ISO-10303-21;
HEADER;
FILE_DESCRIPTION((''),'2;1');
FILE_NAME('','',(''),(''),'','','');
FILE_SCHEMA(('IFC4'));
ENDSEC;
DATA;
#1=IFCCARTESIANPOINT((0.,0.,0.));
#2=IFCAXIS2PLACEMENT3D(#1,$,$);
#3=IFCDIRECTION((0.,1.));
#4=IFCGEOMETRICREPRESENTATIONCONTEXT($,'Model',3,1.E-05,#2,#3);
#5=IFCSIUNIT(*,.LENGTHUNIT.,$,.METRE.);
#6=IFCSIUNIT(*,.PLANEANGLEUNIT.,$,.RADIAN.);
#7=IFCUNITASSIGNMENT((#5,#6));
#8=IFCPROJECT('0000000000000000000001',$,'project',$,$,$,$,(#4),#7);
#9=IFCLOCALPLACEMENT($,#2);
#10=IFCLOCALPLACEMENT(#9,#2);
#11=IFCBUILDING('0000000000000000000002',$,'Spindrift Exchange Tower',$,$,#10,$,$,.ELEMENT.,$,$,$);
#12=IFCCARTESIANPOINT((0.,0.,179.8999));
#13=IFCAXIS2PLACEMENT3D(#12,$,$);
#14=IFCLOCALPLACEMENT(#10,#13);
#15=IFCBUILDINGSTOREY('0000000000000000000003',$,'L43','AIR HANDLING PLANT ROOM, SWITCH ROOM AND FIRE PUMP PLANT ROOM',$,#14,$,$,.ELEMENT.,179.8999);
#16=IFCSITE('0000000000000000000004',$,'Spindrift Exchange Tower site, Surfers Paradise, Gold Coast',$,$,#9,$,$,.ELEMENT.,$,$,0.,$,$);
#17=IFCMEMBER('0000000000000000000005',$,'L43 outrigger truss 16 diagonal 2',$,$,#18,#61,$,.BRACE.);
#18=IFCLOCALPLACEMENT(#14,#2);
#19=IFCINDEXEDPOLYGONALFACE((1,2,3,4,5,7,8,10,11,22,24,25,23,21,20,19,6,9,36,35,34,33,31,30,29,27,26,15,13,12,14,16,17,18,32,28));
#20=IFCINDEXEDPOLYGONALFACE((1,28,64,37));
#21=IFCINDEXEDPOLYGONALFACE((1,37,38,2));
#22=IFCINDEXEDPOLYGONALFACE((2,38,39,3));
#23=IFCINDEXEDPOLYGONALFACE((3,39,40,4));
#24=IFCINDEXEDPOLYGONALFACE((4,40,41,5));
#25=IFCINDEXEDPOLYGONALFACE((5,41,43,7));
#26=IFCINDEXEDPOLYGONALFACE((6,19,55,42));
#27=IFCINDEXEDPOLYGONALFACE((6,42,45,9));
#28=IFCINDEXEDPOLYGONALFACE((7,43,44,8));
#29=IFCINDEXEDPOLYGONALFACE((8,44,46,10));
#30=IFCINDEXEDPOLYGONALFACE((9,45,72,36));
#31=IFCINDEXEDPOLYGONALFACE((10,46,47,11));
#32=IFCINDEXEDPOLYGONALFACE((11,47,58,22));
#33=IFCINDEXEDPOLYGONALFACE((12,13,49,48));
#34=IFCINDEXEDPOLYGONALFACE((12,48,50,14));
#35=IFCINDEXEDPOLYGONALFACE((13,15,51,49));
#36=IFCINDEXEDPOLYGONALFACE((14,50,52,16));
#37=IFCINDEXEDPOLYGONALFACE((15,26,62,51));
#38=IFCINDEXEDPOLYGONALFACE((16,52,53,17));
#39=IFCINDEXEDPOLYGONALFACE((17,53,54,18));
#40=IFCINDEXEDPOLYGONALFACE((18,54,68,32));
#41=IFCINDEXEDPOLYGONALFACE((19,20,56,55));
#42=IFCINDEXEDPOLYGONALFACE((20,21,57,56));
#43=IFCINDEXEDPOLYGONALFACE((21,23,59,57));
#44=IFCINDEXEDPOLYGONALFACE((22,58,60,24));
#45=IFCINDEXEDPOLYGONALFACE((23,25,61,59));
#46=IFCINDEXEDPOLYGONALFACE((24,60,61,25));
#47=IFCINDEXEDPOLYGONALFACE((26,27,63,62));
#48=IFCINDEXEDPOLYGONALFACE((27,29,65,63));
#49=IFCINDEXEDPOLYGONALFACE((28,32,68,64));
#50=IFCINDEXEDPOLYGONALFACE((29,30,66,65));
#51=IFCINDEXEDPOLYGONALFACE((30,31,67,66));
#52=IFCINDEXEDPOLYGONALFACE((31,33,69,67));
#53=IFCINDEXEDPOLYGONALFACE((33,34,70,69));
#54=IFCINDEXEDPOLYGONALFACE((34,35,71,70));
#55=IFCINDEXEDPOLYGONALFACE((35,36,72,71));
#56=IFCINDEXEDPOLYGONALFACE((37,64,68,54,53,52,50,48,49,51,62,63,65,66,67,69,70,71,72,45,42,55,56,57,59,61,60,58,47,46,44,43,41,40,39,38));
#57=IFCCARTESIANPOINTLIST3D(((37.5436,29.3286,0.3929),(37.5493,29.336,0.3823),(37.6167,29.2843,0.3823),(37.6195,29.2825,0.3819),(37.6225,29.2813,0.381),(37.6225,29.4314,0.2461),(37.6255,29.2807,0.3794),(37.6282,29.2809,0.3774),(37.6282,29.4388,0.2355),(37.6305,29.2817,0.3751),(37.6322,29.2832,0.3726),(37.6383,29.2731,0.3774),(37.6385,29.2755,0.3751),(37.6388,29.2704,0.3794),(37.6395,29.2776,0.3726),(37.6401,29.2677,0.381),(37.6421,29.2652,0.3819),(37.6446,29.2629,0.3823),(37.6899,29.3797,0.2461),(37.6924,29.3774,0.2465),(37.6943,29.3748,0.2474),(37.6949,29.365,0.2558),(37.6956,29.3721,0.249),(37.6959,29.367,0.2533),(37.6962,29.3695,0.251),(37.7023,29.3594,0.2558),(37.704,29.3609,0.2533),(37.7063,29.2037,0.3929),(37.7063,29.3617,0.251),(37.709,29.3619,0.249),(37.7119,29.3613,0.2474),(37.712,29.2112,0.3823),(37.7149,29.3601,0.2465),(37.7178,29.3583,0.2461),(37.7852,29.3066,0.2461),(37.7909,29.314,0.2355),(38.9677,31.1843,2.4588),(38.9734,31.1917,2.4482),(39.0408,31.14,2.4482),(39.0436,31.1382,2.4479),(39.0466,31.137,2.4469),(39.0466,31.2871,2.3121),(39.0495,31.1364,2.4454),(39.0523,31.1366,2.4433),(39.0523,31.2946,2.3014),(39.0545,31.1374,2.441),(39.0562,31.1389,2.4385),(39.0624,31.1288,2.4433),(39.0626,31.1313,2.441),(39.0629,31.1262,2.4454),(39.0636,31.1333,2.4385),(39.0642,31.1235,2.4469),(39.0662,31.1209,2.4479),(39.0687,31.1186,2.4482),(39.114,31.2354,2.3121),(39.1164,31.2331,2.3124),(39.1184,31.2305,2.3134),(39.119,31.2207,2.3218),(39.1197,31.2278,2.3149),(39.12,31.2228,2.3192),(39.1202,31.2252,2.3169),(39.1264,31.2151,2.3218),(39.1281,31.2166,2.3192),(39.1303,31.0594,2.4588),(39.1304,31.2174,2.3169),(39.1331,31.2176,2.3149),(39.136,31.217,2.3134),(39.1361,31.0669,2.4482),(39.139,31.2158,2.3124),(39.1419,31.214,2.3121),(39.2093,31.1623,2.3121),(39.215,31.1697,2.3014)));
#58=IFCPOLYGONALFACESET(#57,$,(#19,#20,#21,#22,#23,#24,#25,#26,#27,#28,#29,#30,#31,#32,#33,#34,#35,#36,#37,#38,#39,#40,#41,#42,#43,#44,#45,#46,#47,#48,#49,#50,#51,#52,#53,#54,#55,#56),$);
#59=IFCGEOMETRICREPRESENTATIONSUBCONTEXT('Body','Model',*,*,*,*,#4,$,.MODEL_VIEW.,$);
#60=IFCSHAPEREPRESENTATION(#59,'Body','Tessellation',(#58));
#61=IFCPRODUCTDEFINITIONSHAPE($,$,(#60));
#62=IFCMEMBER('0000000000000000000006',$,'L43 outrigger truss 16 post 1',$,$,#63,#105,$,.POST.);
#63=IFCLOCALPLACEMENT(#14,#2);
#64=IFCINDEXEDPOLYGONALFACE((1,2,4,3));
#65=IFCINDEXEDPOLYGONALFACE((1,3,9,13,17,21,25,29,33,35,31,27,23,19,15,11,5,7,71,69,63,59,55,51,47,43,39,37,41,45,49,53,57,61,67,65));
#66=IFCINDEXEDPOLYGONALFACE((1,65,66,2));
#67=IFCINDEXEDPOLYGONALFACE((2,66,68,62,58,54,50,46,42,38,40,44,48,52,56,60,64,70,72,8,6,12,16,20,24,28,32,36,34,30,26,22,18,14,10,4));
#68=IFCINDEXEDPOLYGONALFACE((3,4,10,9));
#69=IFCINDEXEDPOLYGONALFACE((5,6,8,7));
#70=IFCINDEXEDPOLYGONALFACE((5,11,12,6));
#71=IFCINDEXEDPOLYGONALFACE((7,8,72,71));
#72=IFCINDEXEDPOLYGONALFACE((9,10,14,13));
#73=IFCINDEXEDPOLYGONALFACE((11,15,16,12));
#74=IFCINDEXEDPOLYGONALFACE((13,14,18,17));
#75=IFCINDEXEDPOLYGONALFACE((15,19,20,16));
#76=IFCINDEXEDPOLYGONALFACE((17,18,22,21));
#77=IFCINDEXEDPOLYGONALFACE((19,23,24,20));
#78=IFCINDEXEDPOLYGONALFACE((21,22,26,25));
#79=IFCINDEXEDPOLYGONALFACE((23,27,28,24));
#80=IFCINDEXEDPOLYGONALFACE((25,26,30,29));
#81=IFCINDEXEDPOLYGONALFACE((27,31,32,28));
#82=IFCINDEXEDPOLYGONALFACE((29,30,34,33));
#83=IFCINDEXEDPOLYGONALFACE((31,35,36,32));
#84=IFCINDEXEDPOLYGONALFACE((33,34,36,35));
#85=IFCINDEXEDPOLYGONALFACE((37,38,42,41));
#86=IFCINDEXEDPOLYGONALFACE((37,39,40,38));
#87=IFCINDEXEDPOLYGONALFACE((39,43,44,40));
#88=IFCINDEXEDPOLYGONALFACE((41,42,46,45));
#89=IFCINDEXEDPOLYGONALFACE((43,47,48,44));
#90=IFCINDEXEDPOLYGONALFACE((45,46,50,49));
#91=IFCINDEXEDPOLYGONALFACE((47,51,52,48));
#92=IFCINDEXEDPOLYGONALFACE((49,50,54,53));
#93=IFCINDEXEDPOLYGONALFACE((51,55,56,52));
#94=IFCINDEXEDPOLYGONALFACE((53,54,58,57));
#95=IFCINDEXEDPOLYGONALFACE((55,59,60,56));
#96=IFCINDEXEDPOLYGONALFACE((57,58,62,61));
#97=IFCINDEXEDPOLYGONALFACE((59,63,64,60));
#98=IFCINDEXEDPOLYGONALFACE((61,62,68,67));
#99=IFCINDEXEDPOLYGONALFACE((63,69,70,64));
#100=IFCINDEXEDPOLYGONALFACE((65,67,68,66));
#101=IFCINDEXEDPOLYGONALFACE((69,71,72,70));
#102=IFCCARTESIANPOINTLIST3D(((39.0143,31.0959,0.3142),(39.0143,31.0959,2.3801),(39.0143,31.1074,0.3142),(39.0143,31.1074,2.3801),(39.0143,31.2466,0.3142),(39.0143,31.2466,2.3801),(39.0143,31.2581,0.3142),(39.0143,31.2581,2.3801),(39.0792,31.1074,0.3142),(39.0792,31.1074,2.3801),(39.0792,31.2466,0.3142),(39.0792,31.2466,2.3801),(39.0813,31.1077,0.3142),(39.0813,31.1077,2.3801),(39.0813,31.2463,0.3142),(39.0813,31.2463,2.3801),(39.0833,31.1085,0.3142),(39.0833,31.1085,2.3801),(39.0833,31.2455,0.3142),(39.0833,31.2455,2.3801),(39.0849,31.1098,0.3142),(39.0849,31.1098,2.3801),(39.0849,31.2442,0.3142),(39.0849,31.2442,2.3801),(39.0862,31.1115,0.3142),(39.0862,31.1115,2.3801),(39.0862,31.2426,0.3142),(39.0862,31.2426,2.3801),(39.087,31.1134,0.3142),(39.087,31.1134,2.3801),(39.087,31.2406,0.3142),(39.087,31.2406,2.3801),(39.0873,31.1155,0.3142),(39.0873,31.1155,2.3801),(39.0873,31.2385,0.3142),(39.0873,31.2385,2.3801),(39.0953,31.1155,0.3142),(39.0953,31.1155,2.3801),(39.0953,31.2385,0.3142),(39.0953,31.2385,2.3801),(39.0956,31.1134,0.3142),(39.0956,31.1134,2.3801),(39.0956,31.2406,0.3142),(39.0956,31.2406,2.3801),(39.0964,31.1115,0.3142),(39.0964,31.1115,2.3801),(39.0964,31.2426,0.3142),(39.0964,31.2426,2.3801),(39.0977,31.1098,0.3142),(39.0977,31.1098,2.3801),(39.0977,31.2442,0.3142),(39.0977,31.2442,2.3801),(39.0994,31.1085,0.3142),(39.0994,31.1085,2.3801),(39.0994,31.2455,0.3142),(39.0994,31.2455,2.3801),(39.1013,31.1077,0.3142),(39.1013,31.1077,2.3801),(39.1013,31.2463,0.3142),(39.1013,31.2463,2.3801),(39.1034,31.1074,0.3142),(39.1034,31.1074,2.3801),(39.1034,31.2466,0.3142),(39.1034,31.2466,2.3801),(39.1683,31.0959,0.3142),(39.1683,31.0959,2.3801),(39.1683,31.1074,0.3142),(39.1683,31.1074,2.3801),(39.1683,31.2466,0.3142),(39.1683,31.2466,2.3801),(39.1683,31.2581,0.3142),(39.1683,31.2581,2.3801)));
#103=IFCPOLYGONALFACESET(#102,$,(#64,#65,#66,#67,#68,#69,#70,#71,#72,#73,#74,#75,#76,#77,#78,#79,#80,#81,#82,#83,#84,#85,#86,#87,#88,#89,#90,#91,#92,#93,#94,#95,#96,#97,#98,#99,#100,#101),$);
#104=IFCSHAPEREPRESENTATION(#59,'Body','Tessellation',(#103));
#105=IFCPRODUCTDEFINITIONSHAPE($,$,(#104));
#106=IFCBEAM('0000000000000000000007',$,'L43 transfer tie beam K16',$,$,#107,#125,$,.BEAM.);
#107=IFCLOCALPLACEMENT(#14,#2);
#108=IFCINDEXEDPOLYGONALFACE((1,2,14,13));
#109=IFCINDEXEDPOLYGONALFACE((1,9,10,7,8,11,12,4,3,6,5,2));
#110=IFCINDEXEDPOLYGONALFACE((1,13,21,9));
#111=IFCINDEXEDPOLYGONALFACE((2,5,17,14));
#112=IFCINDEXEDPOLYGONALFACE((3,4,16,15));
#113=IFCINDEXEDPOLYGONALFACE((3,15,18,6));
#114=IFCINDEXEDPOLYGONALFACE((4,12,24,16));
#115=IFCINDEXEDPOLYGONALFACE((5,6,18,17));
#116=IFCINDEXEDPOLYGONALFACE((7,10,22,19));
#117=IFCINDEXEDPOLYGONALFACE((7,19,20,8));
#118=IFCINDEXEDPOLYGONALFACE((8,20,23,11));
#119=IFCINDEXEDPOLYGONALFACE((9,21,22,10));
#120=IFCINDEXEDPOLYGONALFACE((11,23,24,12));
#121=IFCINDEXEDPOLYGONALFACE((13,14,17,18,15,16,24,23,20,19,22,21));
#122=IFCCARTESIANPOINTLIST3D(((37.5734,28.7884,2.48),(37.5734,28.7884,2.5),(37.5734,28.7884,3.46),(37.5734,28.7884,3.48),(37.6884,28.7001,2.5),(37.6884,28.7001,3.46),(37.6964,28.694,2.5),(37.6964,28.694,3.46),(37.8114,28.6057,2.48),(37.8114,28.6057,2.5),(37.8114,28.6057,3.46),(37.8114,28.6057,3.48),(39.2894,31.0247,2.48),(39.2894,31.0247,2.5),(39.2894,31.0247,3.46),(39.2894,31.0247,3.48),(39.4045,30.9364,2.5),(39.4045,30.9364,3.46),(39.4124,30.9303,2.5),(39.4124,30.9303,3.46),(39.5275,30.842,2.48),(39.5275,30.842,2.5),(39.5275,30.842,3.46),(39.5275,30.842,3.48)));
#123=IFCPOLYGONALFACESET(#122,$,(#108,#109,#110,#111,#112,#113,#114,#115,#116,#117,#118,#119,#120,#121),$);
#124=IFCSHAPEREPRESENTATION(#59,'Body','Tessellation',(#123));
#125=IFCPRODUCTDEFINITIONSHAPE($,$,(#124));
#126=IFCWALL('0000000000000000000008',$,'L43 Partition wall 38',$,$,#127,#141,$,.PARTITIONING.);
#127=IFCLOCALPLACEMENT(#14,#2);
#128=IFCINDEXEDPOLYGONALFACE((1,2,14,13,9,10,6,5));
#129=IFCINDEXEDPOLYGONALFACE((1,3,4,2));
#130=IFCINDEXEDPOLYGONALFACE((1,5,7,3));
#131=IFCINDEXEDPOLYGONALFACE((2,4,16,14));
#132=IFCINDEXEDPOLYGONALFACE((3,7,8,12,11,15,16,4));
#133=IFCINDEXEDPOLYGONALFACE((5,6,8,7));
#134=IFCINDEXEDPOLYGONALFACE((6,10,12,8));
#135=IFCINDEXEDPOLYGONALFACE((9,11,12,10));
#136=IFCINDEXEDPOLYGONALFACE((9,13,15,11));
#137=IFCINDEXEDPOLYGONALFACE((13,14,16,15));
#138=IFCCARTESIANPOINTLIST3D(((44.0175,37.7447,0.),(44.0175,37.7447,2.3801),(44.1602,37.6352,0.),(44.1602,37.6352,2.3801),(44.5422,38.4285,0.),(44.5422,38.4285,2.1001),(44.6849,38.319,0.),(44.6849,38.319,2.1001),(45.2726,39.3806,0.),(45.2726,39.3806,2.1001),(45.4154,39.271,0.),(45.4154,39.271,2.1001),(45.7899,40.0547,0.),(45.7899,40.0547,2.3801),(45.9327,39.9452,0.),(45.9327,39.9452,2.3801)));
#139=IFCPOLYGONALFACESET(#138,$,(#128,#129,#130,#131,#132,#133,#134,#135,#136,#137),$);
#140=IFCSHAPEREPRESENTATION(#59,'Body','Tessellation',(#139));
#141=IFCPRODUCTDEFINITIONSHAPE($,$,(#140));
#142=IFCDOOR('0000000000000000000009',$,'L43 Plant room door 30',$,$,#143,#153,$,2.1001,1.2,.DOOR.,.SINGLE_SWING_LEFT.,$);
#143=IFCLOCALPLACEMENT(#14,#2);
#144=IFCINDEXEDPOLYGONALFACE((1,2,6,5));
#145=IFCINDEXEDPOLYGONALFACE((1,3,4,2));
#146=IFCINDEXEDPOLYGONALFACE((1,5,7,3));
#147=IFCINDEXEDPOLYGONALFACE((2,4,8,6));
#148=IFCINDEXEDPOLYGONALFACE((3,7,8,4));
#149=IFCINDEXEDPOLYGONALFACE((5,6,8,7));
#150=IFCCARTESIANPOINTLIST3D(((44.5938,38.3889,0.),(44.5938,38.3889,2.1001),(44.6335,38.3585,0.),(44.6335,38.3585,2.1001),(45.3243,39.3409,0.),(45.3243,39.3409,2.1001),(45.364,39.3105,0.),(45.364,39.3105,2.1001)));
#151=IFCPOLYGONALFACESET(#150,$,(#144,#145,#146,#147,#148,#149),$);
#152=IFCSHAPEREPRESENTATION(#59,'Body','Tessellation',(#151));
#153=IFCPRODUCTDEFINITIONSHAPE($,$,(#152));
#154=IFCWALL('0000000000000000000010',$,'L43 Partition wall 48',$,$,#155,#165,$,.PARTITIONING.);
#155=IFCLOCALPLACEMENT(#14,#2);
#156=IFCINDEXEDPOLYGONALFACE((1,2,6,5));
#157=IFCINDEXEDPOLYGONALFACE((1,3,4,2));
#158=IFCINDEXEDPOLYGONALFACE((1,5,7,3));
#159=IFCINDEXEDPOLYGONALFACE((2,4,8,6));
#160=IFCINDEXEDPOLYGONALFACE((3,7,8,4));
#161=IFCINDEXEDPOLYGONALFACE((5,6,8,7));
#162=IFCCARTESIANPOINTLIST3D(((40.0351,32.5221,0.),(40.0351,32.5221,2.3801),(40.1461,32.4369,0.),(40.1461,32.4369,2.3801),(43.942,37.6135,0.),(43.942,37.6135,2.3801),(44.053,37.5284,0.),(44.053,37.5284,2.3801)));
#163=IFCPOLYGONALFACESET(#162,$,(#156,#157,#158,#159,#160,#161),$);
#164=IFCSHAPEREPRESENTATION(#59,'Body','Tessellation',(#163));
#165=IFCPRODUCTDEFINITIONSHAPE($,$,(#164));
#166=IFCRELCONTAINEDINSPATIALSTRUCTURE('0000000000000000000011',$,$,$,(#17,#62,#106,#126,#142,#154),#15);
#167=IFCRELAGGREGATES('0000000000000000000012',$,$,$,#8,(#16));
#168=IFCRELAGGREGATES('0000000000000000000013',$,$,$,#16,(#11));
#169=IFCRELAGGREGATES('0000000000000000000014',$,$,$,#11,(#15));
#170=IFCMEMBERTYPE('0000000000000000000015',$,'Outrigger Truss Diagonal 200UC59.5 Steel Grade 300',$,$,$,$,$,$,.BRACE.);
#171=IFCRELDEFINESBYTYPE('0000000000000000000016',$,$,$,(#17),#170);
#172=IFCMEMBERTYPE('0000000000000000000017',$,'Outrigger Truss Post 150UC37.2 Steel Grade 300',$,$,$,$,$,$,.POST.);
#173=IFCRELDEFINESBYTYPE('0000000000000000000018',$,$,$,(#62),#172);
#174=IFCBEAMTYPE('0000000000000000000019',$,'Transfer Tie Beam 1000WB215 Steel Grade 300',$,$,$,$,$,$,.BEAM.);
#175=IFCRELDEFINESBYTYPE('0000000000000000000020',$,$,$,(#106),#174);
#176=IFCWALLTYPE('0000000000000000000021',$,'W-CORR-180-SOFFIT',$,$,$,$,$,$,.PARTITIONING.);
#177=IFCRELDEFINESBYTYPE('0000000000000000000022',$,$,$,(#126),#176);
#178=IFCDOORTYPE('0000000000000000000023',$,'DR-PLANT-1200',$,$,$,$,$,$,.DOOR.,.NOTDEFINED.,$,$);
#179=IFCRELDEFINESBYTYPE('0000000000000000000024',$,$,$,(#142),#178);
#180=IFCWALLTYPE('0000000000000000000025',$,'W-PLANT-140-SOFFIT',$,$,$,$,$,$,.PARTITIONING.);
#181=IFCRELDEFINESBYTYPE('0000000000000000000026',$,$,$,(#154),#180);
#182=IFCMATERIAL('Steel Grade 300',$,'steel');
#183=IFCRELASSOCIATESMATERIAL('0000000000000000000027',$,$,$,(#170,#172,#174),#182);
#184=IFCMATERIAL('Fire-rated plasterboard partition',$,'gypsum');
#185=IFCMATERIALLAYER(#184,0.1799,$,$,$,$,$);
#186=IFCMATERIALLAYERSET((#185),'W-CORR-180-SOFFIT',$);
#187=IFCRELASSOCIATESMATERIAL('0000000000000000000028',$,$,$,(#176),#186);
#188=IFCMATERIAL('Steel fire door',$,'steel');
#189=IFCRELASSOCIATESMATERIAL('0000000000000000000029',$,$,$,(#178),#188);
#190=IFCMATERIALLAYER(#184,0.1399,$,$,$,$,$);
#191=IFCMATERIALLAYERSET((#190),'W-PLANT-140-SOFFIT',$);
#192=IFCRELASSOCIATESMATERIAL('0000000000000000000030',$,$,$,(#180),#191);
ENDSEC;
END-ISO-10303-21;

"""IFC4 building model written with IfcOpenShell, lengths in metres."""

from ifc_helpers import new_model, si_unit, direction, frame, frame_2d, origin, origin_2d, place, context, subcontext, project, spatial, rectangle, i_section, extrude, source, transform, mapped, material, layer, layer_set, material_profile, profile_set, type_object, element, fill, save


model = new_model("IFC4")

# Units and contexts
model_context = context("Model", 3, precision=1e-05, world=origin(), true_north=direction((0.0, 1.0)))
body_context = subcontext(model_context, "Body", "Model", "MODEL_VIEW")
ifc_project = project(units=[si_unit("LENGTHUNIT", "METRE"), si_unit("PLANEANGLEUNIT", "RADIAN")], contexts=[model_context])

# Site, building, storey
site_placement = place(None, origin())
site = spatial("IfcSite", under=ifc_project, at=site_placement, Name="Spindrift Exchange Tower site, Surfers Paradise, Gold Coast", CompositionType="ELEMENT", RefElevation=0.0)
building_placement = place(site_placement, origin())
building = spatial("IfcBuilding", under=site, at=building_placement, Name="Spindrift Exchange Tower", CompositionType="ELEMENT")
storey_placement = place(building_placement, frame((0.0, 0.0, 179.8999)))
storey = spatial("IfcBuildingStorey", under=building, at=storey_placement, Name="L43", Description="AIR HANDLING PLANT ROOM, SWITCH ROOM AND FIRE PUMP PLANT ROOM", CompositionType="ELEMENT", Elevation=179.8999)

# Shared definitions
ifc_material_1 = material(Name="Steel Grade 300", Category="steel")

# Members
ifc_material_profile_1 = material_profile(ifc_material_1, i_section(OverallWidth=0.2051, OverallDepth=0.21, WebThickness=0.0093, FlangeThickness=0.0142, FilletRadius=0.0129, at=origin_2d()), Name="200UC59.5")
ifc_profile_set_1 = profile_set([ifc_material_profile_1], Name="Steel Grade 300")
member_type_1 = type_object("IfcMemberType", Name="Outrigger Truss Diagonal 200UC59.5 Steel Grade 300", PredefinedType="BRACE", material=ifc_profile_set_1)
shared_shape_1 = source(origin(), body_context, "Body", "SweptSolid", [
    extrude(i_section(OverallWidth=0.2051, OverallDepth=0.21, WebThickness=0.0093, FlangeThickness=0.0142, FilletRadius=0.0129, at=origin_2d()), origin(), (0.0, 0.0, 1.0), 3.1208),
])
member_1_placement = place(storey_placement, frame((39.0913, 31.177, 2.3801), z_axis=(-0.45631, -0.594619, -0.661974), x_axis=(0.793326, -0.608797, 0.0)))
element("IfcMember", 1, at=member_1_placement, inside=storey, type_object=member_type_1, Name="L43 outrigger truss 16 diagonal 2", PredefinedType="BRACE", context=body_context, shape_type="MappedRepresentation", body=[
    mapped(shared_shape_1, transform((0.0, 0.0, 0.0), scale=1.0)),
])
ifc_material_profile_2 = material_profile(ifc_material_1, i_section(OverallWidth=0.1541, OverallDepth=0.1621, WebThickness=0.0081, FlangeThickness=0.0115, FilletRadius=0.0081, at=origin_2d()), Name="150UC37.2")
ifc_profile_set_2 = profile_set([ifc_material_profile_2], Name="Steel Grade 300")
member_type_2 = type_object("IfcMemberType", Name="Outrigger Truss Post 150UC37.2 Steel Grade 300", PredefinedType="POST", material=ifc_profile_set_2)
shared_shape_2 = source(origin(), body_context, "Body", "SweptSolid", [
    extrude(i_section(OverallWidth=0.1541, OverallDepth=0.1621, WebThickness=0.0081, FlangeThickness=0.0115, FilletRadius=0.0081, at=origin_2d()), origin(), (0.0, 0.0, 1.0), 2.0659),
])
member_2_placement = place(storey_placement, frame((39.0913, 31.177, 0.3142), z_axis=(0.0, 0.0, 1.0), x_axis=(1.0, 0.0, 0.0)))
element("IfcMember", 2, at=member_2_placement, inside=storey, type_object=member_type_2, Name="L43 outrigger truss 16 post 1", PredefinedType="POST", context=body_context, shape_type="MappedRepresentation", body=[
    mapped(shared_shape_2, transform((0.0, 0.0, 0.0), scale=1.0)),
])

# Beam
ifc_material_profile_3 = material_profile(ifc_material_1, i_section(OverallWidth=0.3, OverallDepth=1.0, WebThickness=0.01, FlangeThickness=0.02, at=origin_2d()), Name="1000WB215")
ifc_profile_set_3 = profile_set([ifc_material_profile_3], Name="Steel Grade 300")
beam_type_1 = type_object("IfcBeamType", Name="Transfer Tie Beam 1000WB215 Steel Grade 300", PredefinedType="BEAM", material=ifc_profile_set_3)
shared_shape_3 = source(origin(), body_context, "Body", "SweptSolid", [
    extrude(i_section(OverallWidth=0.3, OverallDepth=1.0, WebThickness=0.01, FlangeThickness=0.02, at=origin_2d()), origin(), (0.0, 0.0, 1.0), 2.8188),
])
beam_1_placement = place(storey_placement, frame((37.6924, 28.697, 2.98), z_axis=(0.608777, 0.793341, 0.0), x_axis=(-0.793341, 0.608777, 0.0)))
element("IfcBeam", 3, at=beam_1_placement, inside=storey, type_object=beam_type_1, Name="L43 transfer tie beam K16", PredefinedType="BEAM", context=body_context, shape_type="MappedRepresentation", body=[
    mapped(shared_shape_3, transform((0.0, 0.0, 0.0), scale=1.0)),
])

# Wall, opening, door
ifc_material_2 = material(Name="Fire-rated plasterboard partition", Category="gypsum")
ifc_layer_1 = layer(ifc_material_2, 0.1799)
ifc_layer_set_1 = layer_set([ifc_layer_1], Name="W-CORR-180-SOFFIT")
wall_type_1 = type_object("IfcWallType", Name="W-CORR-180-SOFFIT", PredefinedType="PARTITIONING", material=ifc_layer_set_1)
wall_1_placement = place(storey_placement, frame((44.0889, 37.6899, 0.0), z_axis=(0.0, 0.0, 1.0), x_axis=(0.608738, 0.793371, 0.0)))
wall_1 = element("IfcWall", 4, at=wall_1_placement, inside=storey, type_object=wall_type_1, Name="L43 Partition wall 38", PredefinedType="PARTITIONING", context=body_context, shape_type="SweptSolid", body=[
    extrude(rectangle(XDim=2.9116, YDim=0.1799, at=frame_2d((1.4558, 0.0))), origin(), (0.0, 0.0, 1.0), 2.3801),
])
opening_1_placement = place(wall_1_placement, frame((0.8618, 0.0, 0.0)))
opening_1 = element("IfcOpeningElement", 5, at=opening_1_placement, cuts=wall_1, PredefinedType="OPENING", context=body_context, shape_type="SweptSolid", body=[
    extrude(rectangle(XDim=1.2, YDim=2.1001, at=frame_2d((0.6001, 1.05))), frame((0.0, 0.0999, 0.0), z_axis=(0.0, -1.0, 0.0), x_axis=(1.0, 0.0, 0.0)), (0.0, 0.0, 1.0), 0.2),
])
ifc_material_3 = material(Name="Steel fire door", Category="steel")
door_type_1 = type_object("IfcDoorType", Name="DR-PLANT-1200", OperationType="NOTDEFINED", PredefinedType="DOOR", material=ifc_material_3)
shared_shape_4 = source(origin(), body_context, "Body", "SweptSolid", [
    extrude(rectangle(XDim=1.2, YDim=2.1001, at=frame_2d((0.6001, 1.05))), frame((0.0, 0.0249, 0.0), z_axis=(0.0, -1.0, 0.0), x_axis=(1.0, 0.0, 0.0)), (0.0, 0.0, 1.0), 0.05),
])
door_1_placement = place(opening_1_placement, origin())
door_1 = element("IfcDoor", 6, at=door_1_placement, inside=storey, type_object=door_type_1, Name="L43 Plant room door 30", OperationType="SINGLE_SWING_LEFT", OverallHeight=2.1001, OverallWidth=1.2, PredefinedType="DOOR", context=body_context, shape_type="MappedRepresentation", body=[
    mapped(shared_shape_4, transform((0.0, 0.0, 0.0), scale=1.0)),
])
fill(opening_1, door_1)

# Wall
ifc_layer_2 = layer(ifc_material_2, 0.1399)
ifc_layer_set_2 = layer_set([ifc_layer_2], Name="W-PLANT-140-SOFFIT")
wall_type_2 = type_object("IfcWallType", Name="W-PLANT-140-SOFFIT", PredefinedType="PARTITIONING", material=ifc_layer_set_2)
wall_2_placement = place(storey_placement, frame((43.9976, 37.571, 0.0), z_axis=(0.0, 0.0, 1.0), x_axis=(-0.608771, -0.793346, 0.0)))
element("IfcWall", 7, at=wall_2_placement, inside=storey, type_object=wall_type_2, Name="L43 Partition wall 48", PredefinedType="PARTITIONING", context=body_context, shape_type="SweptSolid", body=[
    extrude(rectangle(XDim=6.4177, YDim=0.1399, at=frame_2d((3.209, 0.0))), origin(), (0.0, 0.0, 1.0), 2.3801),
])

save(model, "model.ifc")
